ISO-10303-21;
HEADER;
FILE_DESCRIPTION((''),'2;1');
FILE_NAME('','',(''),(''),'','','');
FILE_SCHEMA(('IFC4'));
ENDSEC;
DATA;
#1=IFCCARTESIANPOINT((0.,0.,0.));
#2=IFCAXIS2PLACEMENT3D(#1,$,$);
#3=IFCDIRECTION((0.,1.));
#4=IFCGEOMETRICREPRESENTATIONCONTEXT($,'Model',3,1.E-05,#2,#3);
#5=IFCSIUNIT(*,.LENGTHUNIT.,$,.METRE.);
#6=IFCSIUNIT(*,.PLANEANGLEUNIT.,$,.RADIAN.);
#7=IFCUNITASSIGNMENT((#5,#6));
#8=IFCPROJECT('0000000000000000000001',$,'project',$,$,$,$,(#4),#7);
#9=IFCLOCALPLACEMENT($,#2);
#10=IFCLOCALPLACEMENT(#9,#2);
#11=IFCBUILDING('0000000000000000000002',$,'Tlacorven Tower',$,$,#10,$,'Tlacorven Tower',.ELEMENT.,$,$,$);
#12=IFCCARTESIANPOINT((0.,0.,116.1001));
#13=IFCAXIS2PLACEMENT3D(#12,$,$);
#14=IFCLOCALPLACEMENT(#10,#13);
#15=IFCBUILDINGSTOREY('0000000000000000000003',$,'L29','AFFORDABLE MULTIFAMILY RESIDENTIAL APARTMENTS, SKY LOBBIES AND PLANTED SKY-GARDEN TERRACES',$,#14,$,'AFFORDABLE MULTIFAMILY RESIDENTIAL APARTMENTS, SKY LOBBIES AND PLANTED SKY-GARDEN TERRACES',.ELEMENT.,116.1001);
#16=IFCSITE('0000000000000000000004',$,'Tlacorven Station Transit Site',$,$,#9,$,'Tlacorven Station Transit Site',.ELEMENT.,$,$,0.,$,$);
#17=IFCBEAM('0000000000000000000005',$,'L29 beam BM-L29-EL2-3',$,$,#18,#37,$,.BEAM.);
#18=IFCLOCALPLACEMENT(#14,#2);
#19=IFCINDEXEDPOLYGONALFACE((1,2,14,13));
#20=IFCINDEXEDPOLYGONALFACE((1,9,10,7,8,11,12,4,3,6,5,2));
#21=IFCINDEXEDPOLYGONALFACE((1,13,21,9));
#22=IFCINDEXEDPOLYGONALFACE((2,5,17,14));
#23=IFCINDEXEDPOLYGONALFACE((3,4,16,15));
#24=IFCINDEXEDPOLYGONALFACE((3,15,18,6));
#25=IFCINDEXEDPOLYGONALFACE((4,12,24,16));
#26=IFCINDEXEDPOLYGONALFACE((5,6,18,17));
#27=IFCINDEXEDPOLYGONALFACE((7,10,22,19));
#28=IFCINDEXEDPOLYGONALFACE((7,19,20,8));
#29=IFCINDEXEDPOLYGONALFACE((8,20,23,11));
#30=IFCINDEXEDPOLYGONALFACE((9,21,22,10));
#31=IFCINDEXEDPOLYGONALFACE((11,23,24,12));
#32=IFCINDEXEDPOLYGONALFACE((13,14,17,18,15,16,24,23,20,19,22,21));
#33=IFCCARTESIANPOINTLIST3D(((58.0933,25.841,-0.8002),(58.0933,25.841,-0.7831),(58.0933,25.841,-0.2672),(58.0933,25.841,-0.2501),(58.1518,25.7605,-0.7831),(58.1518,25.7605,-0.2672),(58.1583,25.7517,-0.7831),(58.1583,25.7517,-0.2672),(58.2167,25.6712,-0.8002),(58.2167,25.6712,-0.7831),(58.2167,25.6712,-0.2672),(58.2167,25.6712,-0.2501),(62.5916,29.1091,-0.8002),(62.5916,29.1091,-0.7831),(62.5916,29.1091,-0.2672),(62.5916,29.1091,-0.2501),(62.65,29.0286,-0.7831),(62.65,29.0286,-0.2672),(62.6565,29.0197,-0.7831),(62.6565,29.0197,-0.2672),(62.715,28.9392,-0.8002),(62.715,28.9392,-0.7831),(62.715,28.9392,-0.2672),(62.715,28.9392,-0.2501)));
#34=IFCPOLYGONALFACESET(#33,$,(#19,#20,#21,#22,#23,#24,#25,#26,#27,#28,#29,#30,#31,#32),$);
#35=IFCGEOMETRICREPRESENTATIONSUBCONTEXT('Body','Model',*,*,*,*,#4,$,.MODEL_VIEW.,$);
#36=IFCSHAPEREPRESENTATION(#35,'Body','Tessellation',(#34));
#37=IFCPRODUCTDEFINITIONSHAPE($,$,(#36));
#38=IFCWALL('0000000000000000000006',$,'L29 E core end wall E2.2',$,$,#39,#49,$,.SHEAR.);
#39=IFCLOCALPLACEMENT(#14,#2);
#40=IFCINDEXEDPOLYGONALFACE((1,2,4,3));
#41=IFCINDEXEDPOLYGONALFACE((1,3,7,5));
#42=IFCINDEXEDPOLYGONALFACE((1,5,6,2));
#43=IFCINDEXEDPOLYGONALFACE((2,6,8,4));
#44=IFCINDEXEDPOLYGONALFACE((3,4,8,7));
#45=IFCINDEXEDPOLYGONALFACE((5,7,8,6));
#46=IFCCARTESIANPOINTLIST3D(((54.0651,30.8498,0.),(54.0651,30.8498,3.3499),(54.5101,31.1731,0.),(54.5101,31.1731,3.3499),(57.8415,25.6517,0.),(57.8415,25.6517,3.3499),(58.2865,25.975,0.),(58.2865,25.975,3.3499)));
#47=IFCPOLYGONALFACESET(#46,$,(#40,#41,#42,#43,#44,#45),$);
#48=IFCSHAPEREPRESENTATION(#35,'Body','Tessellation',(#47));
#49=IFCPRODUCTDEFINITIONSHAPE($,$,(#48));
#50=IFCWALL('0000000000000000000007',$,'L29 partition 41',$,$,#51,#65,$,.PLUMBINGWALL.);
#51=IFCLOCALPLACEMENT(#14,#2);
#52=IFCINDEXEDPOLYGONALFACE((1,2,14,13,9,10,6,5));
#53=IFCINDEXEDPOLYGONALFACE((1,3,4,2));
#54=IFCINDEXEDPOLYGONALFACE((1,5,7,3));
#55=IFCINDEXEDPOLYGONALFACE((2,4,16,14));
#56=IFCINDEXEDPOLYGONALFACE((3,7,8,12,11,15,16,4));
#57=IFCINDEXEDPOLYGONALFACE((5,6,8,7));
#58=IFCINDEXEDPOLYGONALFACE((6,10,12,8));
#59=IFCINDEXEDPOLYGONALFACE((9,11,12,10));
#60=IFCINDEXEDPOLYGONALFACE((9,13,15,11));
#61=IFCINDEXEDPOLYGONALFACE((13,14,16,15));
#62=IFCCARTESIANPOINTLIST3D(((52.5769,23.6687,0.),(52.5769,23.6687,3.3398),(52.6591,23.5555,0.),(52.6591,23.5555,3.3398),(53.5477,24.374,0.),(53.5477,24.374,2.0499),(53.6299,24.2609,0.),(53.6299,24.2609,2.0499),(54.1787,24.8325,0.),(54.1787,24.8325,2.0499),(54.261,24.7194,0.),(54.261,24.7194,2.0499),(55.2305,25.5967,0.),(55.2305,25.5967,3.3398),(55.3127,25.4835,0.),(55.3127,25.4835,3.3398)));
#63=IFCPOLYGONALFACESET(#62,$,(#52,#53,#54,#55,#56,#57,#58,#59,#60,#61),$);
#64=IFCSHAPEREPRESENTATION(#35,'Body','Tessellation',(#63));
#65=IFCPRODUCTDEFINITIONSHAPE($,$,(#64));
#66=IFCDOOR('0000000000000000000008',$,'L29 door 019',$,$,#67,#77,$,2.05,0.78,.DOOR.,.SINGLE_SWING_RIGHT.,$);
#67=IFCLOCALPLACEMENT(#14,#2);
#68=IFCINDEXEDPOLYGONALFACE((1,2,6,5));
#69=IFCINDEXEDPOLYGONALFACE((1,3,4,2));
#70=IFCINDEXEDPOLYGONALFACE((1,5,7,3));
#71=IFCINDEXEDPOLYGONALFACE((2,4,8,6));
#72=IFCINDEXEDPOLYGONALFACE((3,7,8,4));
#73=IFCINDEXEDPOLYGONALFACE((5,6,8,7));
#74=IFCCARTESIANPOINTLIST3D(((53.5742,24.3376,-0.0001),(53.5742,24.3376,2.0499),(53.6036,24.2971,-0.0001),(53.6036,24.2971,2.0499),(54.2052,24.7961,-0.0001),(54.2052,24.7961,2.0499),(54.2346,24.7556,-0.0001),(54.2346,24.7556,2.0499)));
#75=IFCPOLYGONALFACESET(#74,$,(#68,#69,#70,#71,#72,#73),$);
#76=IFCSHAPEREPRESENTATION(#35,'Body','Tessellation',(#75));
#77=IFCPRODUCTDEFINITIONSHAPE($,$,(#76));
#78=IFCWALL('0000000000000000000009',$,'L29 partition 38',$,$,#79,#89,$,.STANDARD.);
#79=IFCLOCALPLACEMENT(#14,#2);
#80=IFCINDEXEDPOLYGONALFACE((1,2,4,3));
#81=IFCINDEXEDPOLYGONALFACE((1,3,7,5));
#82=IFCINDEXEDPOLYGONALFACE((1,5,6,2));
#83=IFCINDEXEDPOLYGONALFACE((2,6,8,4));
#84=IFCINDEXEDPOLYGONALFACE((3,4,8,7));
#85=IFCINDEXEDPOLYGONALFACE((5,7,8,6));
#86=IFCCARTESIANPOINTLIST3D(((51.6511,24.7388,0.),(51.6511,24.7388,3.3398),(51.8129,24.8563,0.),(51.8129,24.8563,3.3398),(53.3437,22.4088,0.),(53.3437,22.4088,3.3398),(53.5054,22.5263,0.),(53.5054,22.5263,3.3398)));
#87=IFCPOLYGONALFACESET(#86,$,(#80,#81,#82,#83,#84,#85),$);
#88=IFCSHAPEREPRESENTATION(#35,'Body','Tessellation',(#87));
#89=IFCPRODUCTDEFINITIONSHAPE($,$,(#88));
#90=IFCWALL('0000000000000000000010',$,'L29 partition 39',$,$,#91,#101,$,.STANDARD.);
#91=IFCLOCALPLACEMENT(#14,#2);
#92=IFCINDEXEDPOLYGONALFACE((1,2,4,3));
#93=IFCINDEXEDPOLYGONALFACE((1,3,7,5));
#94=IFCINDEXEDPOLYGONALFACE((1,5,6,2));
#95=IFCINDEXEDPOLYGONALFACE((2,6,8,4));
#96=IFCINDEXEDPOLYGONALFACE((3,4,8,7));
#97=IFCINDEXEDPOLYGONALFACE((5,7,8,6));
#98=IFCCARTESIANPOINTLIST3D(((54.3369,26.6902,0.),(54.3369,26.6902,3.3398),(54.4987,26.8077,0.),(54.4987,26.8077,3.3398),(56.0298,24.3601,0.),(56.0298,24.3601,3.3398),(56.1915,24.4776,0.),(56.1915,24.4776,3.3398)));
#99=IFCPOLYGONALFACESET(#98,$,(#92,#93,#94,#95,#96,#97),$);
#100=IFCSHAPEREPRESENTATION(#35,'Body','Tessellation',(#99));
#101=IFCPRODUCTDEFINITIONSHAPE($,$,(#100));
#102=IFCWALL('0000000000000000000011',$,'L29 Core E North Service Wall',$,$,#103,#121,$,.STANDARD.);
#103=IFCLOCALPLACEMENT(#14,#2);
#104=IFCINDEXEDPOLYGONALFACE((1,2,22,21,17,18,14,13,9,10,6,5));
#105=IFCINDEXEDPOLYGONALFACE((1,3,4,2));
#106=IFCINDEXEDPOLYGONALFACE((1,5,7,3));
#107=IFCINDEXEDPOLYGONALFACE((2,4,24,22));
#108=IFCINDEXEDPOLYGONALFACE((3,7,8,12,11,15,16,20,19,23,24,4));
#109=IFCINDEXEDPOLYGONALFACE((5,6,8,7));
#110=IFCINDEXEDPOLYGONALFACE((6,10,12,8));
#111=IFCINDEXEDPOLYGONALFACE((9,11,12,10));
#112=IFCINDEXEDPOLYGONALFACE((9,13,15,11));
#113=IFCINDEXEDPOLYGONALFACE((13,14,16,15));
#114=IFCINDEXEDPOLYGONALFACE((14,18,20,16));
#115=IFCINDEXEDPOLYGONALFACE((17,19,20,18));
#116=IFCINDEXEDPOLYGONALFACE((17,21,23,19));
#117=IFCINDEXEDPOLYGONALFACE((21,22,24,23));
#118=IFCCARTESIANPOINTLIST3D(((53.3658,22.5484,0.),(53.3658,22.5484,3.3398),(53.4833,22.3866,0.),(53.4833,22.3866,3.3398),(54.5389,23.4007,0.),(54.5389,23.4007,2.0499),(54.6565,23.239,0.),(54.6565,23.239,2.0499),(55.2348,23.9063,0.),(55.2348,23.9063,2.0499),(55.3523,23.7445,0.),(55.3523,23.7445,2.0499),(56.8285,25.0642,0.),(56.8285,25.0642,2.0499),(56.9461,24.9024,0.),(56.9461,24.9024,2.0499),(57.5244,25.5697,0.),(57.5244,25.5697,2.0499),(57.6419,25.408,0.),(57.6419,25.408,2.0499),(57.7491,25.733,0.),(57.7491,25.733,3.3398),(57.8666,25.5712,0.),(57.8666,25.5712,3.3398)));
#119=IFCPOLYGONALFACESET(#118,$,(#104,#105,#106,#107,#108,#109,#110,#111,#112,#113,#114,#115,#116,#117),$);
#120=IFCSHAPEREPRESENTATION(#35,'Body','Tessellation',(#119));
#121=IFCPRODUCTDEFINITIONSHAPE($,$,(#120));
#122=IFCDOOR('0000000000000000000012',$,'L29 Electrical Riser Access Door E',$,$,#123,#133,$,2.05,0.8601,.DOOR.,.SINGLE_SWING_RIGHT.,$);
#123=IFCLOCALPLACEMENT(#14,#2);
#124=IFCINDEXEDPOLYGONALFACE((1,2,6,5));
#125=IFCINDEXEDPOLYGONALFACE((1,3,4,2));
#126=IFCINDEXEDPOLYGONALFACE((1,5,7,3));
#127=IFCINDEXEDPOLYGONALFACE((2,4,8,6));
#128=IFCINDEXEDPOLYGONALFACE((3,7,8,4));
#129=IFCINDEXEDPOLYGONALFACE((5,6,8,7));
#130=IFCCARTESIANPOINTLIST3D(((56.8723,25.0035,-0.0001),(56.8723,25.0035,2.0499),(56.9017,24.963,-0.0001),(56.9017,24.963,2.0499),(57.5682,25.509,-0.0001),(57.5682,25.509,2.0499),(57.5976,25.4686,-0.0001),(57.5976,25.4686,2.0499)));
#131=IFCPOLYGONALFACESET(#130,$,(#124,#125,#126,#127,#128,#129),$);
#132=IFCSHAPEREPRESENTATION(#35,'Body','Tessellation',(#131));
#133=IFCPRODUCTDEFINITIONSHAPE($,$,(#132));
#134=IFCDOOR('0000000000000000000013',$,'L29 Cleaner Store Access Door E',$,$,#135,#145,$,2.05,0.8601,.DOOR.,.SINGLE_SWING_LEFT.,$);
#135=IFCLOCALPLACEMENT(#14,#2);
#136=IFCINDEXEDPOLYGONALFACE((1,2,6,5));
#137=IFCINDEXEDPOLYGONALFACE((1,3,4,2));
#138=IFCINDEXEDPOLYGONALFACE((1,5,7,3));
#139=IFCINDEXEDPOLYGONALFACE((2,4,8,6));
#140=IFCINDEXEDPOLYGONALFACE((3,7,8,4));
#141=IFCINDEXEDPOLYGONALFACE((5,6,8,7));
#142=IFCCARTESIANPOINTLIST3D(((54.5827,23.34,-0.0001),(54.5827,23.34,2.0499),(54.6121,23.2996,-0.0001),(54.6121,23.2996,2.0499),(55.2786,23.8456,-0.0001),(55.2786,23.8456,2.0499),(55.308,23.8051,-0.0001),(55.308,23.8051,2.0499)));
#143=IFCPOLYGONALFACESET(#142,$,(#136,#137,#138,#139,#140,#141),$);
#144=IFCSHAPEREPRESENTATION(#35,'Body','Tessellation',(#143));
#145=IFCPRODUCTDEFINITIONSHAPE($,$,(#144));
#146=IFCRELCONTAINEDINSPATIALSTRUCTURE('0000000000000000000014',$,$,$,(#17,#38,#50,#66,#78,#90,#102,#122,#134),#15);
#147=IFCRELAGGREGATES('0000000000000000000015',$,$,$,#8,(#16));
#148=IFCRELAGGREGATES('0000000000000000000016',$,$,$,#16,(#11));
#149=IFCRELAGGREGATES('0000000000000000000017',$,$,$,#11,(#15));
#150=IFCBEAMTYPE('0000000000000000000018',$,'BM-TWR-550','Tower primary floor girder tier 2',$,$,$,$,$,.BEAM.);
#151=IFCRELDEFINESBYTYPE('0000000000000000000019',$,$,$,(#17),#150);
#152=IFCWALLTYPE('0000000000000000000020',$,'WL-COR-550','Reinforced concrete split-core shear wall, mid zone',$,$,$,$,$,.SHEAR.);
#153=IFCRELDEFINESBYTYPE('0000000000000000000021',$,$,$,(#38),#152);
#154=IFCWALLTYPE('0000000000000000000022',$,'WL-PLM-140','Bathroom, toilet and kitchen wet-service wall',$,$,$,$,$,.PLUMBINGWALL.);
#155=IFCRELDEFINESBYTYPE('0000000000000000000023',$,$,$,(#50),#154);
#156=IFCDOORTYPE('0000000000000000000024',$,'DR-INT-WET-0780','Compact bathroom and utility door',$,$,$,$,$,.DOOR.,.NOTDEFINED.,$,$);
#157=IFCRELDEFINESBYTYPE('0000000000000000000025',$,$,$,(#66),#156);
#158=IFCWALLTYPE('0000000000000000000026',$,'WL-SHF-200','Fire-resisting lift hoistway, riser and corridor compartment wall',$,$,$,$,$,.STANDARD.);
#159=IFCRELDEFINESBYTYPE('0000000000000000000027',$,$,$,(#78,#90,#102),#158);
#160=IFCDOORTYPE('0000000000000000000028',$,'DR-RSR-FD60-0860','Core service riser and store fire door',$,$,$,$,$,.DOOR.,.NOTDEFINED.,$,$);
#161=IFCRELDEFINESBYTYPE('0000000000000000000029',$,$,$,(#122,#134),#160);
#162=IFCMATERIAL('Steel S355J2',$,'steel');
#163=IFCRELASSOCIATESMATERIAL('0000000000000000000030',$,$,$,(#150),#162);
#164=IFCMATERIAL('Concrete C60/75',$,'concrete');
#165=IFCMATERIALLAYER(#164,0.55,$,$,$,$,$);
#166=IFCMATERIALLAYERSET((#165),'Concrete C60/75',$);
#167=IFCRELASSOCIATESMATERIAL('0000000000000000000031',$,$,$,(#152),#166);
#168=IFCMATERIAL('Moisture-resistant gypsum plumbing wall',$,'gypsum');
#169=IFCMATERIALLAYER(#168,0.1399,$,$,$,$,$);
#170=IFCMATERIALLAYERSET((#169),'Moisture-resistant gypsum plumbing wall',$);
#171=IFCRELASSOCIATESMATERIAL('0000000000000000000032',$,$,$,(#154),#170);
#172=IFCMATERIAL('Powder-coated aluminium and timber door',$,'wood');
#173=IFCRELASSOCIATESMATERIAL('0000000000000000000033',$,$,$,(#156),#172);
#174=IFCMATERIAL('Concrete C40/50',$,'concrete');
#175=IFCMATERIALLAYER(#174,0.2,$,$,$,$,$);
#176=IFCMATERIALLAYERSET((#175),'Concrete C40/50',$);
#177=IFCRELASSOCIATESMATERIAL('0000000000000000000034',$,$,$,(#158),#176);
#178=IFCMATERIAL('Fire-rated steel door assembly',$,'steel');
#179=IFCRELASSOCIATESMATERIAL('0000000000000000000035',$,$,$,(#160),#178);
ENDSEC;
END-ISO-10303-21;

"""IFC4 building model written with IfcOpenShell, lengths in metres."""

from ifc_helpers import new_model, si_unit, direction, frame, frame_2d, origin, origin_2d, place, context, subcontext, project, spatial, rectangle, i_section, extrude, source, transform, mapped, material, layer, layer_set, material_profile, profile_set, type_object, element, fill, save


model = new_model("IFC4")

# Units and contexts
model_context = context("Model", 3, precision=1e-05, world=origin(), true_north=direction((0.0, 1.0)))
body_context = subcontext(model_context, "Body", "Model", "MODEL_VIEW")
ifc_project = project(units=[si_unit("LENGTHUNIT", "METRE"), si_unit("PLANEANGLEUNIT", "RADIAN")], contexts=[model_context])

# Site, building, storey
site_placement = place(None, origin())
site = spatial("IfcSite", under=ifc_project, at=site_placement, Name="Tlacorven Station Transit Site", LongName="Tlacorven Station Transit Site", CompositionType="ELEMENT", RefElevation=0.0)
building_placement = place(site_placement, origin())
building = spatial("IfcBuilding", under=site, at=building_placement, Name="Tlacorven Tower", LongName="Tlacorven Tower", CompositionType="ELEMENT")
storey_placement = place(building_placement, frame((0.0, 0.0, 116.1001)))
storey = spatial("IfcBuildingStorey", under=building, at=storey_placement, Name="L29", Description="AFFORDABLE MULTIFAMILY RESIDENTIAL APARTMENTS, SKY LOBBIES AND PLANTED SKY-GARDEN TERRACES", LongName="AFFORDABLE MULTIFAMILY RESIDENTIAL APARTMENTS, SKY LOBBIES AND PLANTED SKY-GARDEN TERRACES", CompositionType="ELEMENT", Elevation=116.1001)

# Beam
ifc_material_1 = material(Name="Steel S355J2", Category="steel")
ifc_material_profile = material_profile(ifc_material_1, i_section(OverallWidth=0.21, OverallDepth=0.55, WebThickness=0.011, FlangeThickness=0.0171, at=origin_2d()), Name="IPE 550")
ifc_profile_set = profile_set([ifc_material_profile], Name="Steel S355J2")
beam_type = type_object("IfcBeamType", Name="BM-TWR-550", Description="Tower primary floor girder tier 2", PredefinedType="BEAM", material=ifc_profile_set)
shared_shape_1 = source(origin(), body_context, "Body", "SweptSolid", [
    extrude(i_section(OverallWidth=0.21, OverallDepth=0.55, WebThickness=0.011, FlangeThickness=0.0171, at=origin_2d()), origin(), (0.0, 0.0, 1.0), 5.5601),
])
beam_placement = place(storey_placement, frame((58.155, 25.7561, -0.5251), z_axis=(0.809028, 0.58777, 0.0), x_axis=(-0.58777, 0.809028, 0.0)))
element("IfcBeam", 1, at=beam_placement, inside=storey, type_object=beam_type, Name="L29 beam BM-L29-EL2-3", PredefinedType="BEAM", context=body_context, shape_type="MappedRepresentation", body=[
    mapped(shared_shape_1, transform((0.0, 0.0, 0.0), scale=1.0)),
])

# Wall
ifc_material_2 = material(Name="Concrete C60/75", Category="concrete")
ifc_layer_1 = layer(ifc_material_2, 0.55)
ifc_layer_set_1 = layer_set([ifc_layer_1], Name="Concrete C60/75")
wall_type_1 = type_object("IfcWallType", Name="WL-COR-550", Description="Reinforced concrete split-core shear wall, mid zone", PredefinedType="SHEAR", material=ifc_layer_set_1)
wall_1_placement = place(storey_placement, frame((58.064, 25.8135, 0.0), z_axis=(0.0, 0.0, 1.0), x_axis=(-0.587765, 0.809032, 0.0)))
element("IfcWall", 2, at=wall_1_placement, inside=storey, type_object=wall_type_1, Name="L29 E core end wall E2.2", PredefinedType="SHEAR", context=body_context, shape_type="SweptSolid", body=[
    extrude(rectangle(XDim=6.425, YDim=0.55, at=frame_2d((3.2124, 0.0))), origin(), (0.0, 0.0, 1.0), 3.3499),
])

# Wall, opening, door
ifc_material_3 = material(Name="Moisture-resistant gypsum plumbing wall", Category="gypsum")
ifc_layer_2 = layer(ifc_material_3, 0.1399)
ifc_layer_set_2 = layer_set([ifc_layer_2], Name="Moisture-resistant gypsum plumbing wall")
wall_type_2 = type_object("IfcWallType", Name="WL-PLM-140", Description="Bathroom, toilet and kitchen wet-service wall", PredefinedType="PLUMBINGWALL", material=ifc_layer_set_2)
wall_2_placement = place(storey_placement, frame((52.6179, 23.6121, 0.0), z_axis=(0.0, 0.0, 1.0), x_axis=(0.80901, 0.587795, 0.0)))
wall_2 = element("IfcWall", 3, at=wall_2_placement, inside=storey, type_object=wall_type_2, Name="L29 partition 41", PredefinedType="PLUMBINGWALL", context=body_context, shape_type="SweptSolid", body=[
    extrude(rectangle(XDim=3.28, YDim=0.1399, at=frame_2d((1.6401, 0.0))), origin(), (0.0, 0.0, 1.0), 3.3398),
])
opening_1_placement = place(wall_2_placement, frame((1.2, 0.0, 0.0)))
opening_1 = element("IfcOpeningElement", 4, at=opening_1_placement, cuts=wall_2, PredefinedType="OPENING", context=body_context, shape_type="SweptSolid", body=[
    extrude(rectangle(XDim=0.78, YDim=2.05, at=frame_2d((0.3901, 1.0249))), frame((0.0, 0.0801, 0.0), z_axis=(0.0, -1.0, 0.0), x_axis=(1.0, 0.0, 0.0)), (0.0, 0.0, 1.0), 0.1599),
])
ifc_material_4 = material(Name="Powder-coated aluminium and timber door", Category="wood")
door_type_1 = type_object("IfcDoorType", Name="DR-INT-WET-0780", Description="Compact bathroom and utility door", OperationType="NOTDEFINED", PredefinedType="DOOR", material=ifc_material_4)
shared_shape_2 = source(origin(), body_context, "Body", "SweptSolid", [
    extrude(rectangle(XDim=0.78, YDim=2.05, at=frame_2d((0.3901, 1.0249))), frame((0.0, 0.0249, 0.0), z_axis=(0.0, -1.0, 0.0), x_axis=(1.0, 0.0, 0.0)), (0.0, 0.0, 1.0), 0.05),
])
door_1_placement = place(opening_1_placement, origin())
door_1 = element("IfcDoor", 5, at=door_1_placement, inside=storey, type_object=door_type_1, Name="L29 door 019", OperationType="SINGLE_SWING_RIGHT", OverallHeight=2.05, OverallWidth=0.78, PredefinedType="DOOR", context=body_context, shape_type="MappedRepresentation", body=[
    mapped(shared_shape_2, transform((0.0, 0.0, 0.0), scale=1.0)),
])
fill(opening_1, door_1)

# Walls
ifc_material_5 = material(Name="Concrete C40/50", Category="concrete")
ifc_layer_3 = layer(ifc_material_5, 0.2)
ifc_layer_set_3 = layer_set([ifc_layer_3], Name="Concrete C40/50")
wall_type_3 = type_object("IfcWallType", Name="WL-SHF-200", Description="Fire-resisting lift hoistway, riser and corridor compartment wall", PredefinedType="STANDARD", material=ifc_layer_set_3)
wall_3_placement = place(storey_placement, frame((53.4246, 22.4675, 0.0), z_axis=(0.0, 0.0, 1.0), x_axis=(-0.587723, 0.809062, 0.0)))
element("IfcWall", 6, at=wall_3_placement, inside=storey, type_object=wall_type_3, Name="L29 partition 38", PredefinedType="STANDARD", context=body_context, shape_type="SweptSolid", body=[
    extrude(rectangle(XDim=2.8799, YDim=0.2, at=frame_2d((1.4399, 0.0))), origin(), (0.0, 0.0, 1.0), 3.3398),
])
wall_4_placement = place(storey_placement, frame((56.1106, 24.4189, 0.0), z_axis=(0.0, 0.0, 1.0), x_axis=(-0.587778, 0.809022, 0.0)))
element("IfcWall", 7, at=wall_4_placement, inside=storey, type_object=wall_type_3, Name="L29 partition 39", PredefinedType="STANDARD", context=body_context, shape_type="SweptSolid", body=[
    extrude(rectangle(XDim=2.8801, YDim=0.2, at=frame_2d((1.4399, 0.0))), origin(), (0.0, 0.0, 1.0), 3.3398),
])

# Wall, openings, doors
wall_5_placement = place(storey_placement, frame((53.4246, 22.4675, 0.0), z_axis=(0.0, 0.0, 1.0), x_axis=(0.809024, 0.587775, 0.0)))
wall_5 = element("IfcWall", 8, at=wall_5_placement, inside=storey, type_object=wall_type_3, Name="L29 Core E North Service Wall", PredefinedType="STANDARD", context=body_context, shape_type="SweptSolid", body=[
    extrude(rectangle(XDim=5.418, YDim=0.2, at=frame_2d((2.709, 0.0))), origin(), (0.0, 0.0, 1.0), 3.3398),
])
opening_2_placement = place(wall_5_placement, frame((4.28, 0.0, 0.0)))
opening_2 = element("IfcOpeningElement", 9, at=opening_2_placement, cuts=wall_5, PredefinedType="OPENING", context=body_context, shape_type="SweptSolid", body=[
    extrude(rectangle(XDim=0.8601, YDim=2.05, at=frame_2d((0.4302, 1.0249))), frame((0.0, 0.1099, 0.0), z_axis=(0.0, -1.0, 0.0), x_axis=(1.0, 0.0, 0.0)), (0.0, 0.0, 1.0), 0.22),
])
opening_3_placement = place(wall_5_placement, frame((1.45, 0.0, 0.0)))
opening_3 = element("IfcOpeningElement", 10, at=opening_3_placement, cuts=wall_5, PredefinedType="OPENING", context=body_context, shape_type="SweptSolid", body=[
    extrude(rectangle(XDim=0.8601, YDim=2.05, at=frame_2d((0.4302, 1.0249))), frame((0.0, 0.1099, 0.0), z_axis=(0.0, -1.0, 0.0), x_axis=(1.0, 0.0, 0.0)), (0.0, 0.0, 1.0), 0.22),
])
ifc_material_6 = material(Name="Fire-rated steel door assembly", Category="steel")
door_type_2 = type_object("IfcDoorType", Name="DR-RSR-FD60-0860", Description="Core service riser and store fire door", OperationType="NOTDEFINED", PredefinedType="DOOR", material=ifc_material_6)
shared_shape_3 = source(origin(), body_context, "Body", "SweptSolid", [
    extrude(rectangle(XDim=0.8601, YDim=2.05, at=frame_2d((0.4302, 1.0249))), frame((0.0, 0.0249, 0.0), z_axis=(0.0, -1.0, 0.0), x_axis=(1.0, 0.0, 0.0)), (0.0, 0.0, 1.0), 0.05),
])
door_2_placement = place(opening_2_placement, frame((0.8601, 0.0, 0.0), z_axis=(0.0, 0.0, 1.0), x_axis=(-1.0, 0.0, 0.0)))
door_2 = element("IfcDoor", 11, at=door_2_placement, inside=storey, type_object=door_type_2, Name="L29 Electrical Riser Access Door E", OperationType="SINGLE_SWING_RIGHT", OverallHeight=2.05, OverallWidth=0.8601, PredefinedType="DOOR", context=body_context, shape_type="MappedRepresentation", body=[
    mapped(shared_shape_3, transform((0.0, 0.0, 0.0), scale=1.0)),
])
fill(opening_2, door_2)
door_3_placement = place(opening_3_placement, frame((0.8601, 0.0, 0.0), z_axis=(0.0, 0.0, 1.0), x_axis=(-1.0, 0.0, 0.0)))
door_3 = element("IfcDoor", 12, at=door_3_placement, inside=storey, type_object=door_type_2, Name="L29 Cleaner Store Access Door E", OperationType="SINGLE_SWING_LEFT", OverallHeight=2.05, OverallWidth=0.8601, PredefinedType="DOOR", context=body_context, shape_type="MappedRepresentation", body=[
    mapped(shared_shape_3, transform((0.0, 0.0, 0.0), scale=1.0)),
])
fill(opening_3, door_3)

save(model, "model.ifc")
